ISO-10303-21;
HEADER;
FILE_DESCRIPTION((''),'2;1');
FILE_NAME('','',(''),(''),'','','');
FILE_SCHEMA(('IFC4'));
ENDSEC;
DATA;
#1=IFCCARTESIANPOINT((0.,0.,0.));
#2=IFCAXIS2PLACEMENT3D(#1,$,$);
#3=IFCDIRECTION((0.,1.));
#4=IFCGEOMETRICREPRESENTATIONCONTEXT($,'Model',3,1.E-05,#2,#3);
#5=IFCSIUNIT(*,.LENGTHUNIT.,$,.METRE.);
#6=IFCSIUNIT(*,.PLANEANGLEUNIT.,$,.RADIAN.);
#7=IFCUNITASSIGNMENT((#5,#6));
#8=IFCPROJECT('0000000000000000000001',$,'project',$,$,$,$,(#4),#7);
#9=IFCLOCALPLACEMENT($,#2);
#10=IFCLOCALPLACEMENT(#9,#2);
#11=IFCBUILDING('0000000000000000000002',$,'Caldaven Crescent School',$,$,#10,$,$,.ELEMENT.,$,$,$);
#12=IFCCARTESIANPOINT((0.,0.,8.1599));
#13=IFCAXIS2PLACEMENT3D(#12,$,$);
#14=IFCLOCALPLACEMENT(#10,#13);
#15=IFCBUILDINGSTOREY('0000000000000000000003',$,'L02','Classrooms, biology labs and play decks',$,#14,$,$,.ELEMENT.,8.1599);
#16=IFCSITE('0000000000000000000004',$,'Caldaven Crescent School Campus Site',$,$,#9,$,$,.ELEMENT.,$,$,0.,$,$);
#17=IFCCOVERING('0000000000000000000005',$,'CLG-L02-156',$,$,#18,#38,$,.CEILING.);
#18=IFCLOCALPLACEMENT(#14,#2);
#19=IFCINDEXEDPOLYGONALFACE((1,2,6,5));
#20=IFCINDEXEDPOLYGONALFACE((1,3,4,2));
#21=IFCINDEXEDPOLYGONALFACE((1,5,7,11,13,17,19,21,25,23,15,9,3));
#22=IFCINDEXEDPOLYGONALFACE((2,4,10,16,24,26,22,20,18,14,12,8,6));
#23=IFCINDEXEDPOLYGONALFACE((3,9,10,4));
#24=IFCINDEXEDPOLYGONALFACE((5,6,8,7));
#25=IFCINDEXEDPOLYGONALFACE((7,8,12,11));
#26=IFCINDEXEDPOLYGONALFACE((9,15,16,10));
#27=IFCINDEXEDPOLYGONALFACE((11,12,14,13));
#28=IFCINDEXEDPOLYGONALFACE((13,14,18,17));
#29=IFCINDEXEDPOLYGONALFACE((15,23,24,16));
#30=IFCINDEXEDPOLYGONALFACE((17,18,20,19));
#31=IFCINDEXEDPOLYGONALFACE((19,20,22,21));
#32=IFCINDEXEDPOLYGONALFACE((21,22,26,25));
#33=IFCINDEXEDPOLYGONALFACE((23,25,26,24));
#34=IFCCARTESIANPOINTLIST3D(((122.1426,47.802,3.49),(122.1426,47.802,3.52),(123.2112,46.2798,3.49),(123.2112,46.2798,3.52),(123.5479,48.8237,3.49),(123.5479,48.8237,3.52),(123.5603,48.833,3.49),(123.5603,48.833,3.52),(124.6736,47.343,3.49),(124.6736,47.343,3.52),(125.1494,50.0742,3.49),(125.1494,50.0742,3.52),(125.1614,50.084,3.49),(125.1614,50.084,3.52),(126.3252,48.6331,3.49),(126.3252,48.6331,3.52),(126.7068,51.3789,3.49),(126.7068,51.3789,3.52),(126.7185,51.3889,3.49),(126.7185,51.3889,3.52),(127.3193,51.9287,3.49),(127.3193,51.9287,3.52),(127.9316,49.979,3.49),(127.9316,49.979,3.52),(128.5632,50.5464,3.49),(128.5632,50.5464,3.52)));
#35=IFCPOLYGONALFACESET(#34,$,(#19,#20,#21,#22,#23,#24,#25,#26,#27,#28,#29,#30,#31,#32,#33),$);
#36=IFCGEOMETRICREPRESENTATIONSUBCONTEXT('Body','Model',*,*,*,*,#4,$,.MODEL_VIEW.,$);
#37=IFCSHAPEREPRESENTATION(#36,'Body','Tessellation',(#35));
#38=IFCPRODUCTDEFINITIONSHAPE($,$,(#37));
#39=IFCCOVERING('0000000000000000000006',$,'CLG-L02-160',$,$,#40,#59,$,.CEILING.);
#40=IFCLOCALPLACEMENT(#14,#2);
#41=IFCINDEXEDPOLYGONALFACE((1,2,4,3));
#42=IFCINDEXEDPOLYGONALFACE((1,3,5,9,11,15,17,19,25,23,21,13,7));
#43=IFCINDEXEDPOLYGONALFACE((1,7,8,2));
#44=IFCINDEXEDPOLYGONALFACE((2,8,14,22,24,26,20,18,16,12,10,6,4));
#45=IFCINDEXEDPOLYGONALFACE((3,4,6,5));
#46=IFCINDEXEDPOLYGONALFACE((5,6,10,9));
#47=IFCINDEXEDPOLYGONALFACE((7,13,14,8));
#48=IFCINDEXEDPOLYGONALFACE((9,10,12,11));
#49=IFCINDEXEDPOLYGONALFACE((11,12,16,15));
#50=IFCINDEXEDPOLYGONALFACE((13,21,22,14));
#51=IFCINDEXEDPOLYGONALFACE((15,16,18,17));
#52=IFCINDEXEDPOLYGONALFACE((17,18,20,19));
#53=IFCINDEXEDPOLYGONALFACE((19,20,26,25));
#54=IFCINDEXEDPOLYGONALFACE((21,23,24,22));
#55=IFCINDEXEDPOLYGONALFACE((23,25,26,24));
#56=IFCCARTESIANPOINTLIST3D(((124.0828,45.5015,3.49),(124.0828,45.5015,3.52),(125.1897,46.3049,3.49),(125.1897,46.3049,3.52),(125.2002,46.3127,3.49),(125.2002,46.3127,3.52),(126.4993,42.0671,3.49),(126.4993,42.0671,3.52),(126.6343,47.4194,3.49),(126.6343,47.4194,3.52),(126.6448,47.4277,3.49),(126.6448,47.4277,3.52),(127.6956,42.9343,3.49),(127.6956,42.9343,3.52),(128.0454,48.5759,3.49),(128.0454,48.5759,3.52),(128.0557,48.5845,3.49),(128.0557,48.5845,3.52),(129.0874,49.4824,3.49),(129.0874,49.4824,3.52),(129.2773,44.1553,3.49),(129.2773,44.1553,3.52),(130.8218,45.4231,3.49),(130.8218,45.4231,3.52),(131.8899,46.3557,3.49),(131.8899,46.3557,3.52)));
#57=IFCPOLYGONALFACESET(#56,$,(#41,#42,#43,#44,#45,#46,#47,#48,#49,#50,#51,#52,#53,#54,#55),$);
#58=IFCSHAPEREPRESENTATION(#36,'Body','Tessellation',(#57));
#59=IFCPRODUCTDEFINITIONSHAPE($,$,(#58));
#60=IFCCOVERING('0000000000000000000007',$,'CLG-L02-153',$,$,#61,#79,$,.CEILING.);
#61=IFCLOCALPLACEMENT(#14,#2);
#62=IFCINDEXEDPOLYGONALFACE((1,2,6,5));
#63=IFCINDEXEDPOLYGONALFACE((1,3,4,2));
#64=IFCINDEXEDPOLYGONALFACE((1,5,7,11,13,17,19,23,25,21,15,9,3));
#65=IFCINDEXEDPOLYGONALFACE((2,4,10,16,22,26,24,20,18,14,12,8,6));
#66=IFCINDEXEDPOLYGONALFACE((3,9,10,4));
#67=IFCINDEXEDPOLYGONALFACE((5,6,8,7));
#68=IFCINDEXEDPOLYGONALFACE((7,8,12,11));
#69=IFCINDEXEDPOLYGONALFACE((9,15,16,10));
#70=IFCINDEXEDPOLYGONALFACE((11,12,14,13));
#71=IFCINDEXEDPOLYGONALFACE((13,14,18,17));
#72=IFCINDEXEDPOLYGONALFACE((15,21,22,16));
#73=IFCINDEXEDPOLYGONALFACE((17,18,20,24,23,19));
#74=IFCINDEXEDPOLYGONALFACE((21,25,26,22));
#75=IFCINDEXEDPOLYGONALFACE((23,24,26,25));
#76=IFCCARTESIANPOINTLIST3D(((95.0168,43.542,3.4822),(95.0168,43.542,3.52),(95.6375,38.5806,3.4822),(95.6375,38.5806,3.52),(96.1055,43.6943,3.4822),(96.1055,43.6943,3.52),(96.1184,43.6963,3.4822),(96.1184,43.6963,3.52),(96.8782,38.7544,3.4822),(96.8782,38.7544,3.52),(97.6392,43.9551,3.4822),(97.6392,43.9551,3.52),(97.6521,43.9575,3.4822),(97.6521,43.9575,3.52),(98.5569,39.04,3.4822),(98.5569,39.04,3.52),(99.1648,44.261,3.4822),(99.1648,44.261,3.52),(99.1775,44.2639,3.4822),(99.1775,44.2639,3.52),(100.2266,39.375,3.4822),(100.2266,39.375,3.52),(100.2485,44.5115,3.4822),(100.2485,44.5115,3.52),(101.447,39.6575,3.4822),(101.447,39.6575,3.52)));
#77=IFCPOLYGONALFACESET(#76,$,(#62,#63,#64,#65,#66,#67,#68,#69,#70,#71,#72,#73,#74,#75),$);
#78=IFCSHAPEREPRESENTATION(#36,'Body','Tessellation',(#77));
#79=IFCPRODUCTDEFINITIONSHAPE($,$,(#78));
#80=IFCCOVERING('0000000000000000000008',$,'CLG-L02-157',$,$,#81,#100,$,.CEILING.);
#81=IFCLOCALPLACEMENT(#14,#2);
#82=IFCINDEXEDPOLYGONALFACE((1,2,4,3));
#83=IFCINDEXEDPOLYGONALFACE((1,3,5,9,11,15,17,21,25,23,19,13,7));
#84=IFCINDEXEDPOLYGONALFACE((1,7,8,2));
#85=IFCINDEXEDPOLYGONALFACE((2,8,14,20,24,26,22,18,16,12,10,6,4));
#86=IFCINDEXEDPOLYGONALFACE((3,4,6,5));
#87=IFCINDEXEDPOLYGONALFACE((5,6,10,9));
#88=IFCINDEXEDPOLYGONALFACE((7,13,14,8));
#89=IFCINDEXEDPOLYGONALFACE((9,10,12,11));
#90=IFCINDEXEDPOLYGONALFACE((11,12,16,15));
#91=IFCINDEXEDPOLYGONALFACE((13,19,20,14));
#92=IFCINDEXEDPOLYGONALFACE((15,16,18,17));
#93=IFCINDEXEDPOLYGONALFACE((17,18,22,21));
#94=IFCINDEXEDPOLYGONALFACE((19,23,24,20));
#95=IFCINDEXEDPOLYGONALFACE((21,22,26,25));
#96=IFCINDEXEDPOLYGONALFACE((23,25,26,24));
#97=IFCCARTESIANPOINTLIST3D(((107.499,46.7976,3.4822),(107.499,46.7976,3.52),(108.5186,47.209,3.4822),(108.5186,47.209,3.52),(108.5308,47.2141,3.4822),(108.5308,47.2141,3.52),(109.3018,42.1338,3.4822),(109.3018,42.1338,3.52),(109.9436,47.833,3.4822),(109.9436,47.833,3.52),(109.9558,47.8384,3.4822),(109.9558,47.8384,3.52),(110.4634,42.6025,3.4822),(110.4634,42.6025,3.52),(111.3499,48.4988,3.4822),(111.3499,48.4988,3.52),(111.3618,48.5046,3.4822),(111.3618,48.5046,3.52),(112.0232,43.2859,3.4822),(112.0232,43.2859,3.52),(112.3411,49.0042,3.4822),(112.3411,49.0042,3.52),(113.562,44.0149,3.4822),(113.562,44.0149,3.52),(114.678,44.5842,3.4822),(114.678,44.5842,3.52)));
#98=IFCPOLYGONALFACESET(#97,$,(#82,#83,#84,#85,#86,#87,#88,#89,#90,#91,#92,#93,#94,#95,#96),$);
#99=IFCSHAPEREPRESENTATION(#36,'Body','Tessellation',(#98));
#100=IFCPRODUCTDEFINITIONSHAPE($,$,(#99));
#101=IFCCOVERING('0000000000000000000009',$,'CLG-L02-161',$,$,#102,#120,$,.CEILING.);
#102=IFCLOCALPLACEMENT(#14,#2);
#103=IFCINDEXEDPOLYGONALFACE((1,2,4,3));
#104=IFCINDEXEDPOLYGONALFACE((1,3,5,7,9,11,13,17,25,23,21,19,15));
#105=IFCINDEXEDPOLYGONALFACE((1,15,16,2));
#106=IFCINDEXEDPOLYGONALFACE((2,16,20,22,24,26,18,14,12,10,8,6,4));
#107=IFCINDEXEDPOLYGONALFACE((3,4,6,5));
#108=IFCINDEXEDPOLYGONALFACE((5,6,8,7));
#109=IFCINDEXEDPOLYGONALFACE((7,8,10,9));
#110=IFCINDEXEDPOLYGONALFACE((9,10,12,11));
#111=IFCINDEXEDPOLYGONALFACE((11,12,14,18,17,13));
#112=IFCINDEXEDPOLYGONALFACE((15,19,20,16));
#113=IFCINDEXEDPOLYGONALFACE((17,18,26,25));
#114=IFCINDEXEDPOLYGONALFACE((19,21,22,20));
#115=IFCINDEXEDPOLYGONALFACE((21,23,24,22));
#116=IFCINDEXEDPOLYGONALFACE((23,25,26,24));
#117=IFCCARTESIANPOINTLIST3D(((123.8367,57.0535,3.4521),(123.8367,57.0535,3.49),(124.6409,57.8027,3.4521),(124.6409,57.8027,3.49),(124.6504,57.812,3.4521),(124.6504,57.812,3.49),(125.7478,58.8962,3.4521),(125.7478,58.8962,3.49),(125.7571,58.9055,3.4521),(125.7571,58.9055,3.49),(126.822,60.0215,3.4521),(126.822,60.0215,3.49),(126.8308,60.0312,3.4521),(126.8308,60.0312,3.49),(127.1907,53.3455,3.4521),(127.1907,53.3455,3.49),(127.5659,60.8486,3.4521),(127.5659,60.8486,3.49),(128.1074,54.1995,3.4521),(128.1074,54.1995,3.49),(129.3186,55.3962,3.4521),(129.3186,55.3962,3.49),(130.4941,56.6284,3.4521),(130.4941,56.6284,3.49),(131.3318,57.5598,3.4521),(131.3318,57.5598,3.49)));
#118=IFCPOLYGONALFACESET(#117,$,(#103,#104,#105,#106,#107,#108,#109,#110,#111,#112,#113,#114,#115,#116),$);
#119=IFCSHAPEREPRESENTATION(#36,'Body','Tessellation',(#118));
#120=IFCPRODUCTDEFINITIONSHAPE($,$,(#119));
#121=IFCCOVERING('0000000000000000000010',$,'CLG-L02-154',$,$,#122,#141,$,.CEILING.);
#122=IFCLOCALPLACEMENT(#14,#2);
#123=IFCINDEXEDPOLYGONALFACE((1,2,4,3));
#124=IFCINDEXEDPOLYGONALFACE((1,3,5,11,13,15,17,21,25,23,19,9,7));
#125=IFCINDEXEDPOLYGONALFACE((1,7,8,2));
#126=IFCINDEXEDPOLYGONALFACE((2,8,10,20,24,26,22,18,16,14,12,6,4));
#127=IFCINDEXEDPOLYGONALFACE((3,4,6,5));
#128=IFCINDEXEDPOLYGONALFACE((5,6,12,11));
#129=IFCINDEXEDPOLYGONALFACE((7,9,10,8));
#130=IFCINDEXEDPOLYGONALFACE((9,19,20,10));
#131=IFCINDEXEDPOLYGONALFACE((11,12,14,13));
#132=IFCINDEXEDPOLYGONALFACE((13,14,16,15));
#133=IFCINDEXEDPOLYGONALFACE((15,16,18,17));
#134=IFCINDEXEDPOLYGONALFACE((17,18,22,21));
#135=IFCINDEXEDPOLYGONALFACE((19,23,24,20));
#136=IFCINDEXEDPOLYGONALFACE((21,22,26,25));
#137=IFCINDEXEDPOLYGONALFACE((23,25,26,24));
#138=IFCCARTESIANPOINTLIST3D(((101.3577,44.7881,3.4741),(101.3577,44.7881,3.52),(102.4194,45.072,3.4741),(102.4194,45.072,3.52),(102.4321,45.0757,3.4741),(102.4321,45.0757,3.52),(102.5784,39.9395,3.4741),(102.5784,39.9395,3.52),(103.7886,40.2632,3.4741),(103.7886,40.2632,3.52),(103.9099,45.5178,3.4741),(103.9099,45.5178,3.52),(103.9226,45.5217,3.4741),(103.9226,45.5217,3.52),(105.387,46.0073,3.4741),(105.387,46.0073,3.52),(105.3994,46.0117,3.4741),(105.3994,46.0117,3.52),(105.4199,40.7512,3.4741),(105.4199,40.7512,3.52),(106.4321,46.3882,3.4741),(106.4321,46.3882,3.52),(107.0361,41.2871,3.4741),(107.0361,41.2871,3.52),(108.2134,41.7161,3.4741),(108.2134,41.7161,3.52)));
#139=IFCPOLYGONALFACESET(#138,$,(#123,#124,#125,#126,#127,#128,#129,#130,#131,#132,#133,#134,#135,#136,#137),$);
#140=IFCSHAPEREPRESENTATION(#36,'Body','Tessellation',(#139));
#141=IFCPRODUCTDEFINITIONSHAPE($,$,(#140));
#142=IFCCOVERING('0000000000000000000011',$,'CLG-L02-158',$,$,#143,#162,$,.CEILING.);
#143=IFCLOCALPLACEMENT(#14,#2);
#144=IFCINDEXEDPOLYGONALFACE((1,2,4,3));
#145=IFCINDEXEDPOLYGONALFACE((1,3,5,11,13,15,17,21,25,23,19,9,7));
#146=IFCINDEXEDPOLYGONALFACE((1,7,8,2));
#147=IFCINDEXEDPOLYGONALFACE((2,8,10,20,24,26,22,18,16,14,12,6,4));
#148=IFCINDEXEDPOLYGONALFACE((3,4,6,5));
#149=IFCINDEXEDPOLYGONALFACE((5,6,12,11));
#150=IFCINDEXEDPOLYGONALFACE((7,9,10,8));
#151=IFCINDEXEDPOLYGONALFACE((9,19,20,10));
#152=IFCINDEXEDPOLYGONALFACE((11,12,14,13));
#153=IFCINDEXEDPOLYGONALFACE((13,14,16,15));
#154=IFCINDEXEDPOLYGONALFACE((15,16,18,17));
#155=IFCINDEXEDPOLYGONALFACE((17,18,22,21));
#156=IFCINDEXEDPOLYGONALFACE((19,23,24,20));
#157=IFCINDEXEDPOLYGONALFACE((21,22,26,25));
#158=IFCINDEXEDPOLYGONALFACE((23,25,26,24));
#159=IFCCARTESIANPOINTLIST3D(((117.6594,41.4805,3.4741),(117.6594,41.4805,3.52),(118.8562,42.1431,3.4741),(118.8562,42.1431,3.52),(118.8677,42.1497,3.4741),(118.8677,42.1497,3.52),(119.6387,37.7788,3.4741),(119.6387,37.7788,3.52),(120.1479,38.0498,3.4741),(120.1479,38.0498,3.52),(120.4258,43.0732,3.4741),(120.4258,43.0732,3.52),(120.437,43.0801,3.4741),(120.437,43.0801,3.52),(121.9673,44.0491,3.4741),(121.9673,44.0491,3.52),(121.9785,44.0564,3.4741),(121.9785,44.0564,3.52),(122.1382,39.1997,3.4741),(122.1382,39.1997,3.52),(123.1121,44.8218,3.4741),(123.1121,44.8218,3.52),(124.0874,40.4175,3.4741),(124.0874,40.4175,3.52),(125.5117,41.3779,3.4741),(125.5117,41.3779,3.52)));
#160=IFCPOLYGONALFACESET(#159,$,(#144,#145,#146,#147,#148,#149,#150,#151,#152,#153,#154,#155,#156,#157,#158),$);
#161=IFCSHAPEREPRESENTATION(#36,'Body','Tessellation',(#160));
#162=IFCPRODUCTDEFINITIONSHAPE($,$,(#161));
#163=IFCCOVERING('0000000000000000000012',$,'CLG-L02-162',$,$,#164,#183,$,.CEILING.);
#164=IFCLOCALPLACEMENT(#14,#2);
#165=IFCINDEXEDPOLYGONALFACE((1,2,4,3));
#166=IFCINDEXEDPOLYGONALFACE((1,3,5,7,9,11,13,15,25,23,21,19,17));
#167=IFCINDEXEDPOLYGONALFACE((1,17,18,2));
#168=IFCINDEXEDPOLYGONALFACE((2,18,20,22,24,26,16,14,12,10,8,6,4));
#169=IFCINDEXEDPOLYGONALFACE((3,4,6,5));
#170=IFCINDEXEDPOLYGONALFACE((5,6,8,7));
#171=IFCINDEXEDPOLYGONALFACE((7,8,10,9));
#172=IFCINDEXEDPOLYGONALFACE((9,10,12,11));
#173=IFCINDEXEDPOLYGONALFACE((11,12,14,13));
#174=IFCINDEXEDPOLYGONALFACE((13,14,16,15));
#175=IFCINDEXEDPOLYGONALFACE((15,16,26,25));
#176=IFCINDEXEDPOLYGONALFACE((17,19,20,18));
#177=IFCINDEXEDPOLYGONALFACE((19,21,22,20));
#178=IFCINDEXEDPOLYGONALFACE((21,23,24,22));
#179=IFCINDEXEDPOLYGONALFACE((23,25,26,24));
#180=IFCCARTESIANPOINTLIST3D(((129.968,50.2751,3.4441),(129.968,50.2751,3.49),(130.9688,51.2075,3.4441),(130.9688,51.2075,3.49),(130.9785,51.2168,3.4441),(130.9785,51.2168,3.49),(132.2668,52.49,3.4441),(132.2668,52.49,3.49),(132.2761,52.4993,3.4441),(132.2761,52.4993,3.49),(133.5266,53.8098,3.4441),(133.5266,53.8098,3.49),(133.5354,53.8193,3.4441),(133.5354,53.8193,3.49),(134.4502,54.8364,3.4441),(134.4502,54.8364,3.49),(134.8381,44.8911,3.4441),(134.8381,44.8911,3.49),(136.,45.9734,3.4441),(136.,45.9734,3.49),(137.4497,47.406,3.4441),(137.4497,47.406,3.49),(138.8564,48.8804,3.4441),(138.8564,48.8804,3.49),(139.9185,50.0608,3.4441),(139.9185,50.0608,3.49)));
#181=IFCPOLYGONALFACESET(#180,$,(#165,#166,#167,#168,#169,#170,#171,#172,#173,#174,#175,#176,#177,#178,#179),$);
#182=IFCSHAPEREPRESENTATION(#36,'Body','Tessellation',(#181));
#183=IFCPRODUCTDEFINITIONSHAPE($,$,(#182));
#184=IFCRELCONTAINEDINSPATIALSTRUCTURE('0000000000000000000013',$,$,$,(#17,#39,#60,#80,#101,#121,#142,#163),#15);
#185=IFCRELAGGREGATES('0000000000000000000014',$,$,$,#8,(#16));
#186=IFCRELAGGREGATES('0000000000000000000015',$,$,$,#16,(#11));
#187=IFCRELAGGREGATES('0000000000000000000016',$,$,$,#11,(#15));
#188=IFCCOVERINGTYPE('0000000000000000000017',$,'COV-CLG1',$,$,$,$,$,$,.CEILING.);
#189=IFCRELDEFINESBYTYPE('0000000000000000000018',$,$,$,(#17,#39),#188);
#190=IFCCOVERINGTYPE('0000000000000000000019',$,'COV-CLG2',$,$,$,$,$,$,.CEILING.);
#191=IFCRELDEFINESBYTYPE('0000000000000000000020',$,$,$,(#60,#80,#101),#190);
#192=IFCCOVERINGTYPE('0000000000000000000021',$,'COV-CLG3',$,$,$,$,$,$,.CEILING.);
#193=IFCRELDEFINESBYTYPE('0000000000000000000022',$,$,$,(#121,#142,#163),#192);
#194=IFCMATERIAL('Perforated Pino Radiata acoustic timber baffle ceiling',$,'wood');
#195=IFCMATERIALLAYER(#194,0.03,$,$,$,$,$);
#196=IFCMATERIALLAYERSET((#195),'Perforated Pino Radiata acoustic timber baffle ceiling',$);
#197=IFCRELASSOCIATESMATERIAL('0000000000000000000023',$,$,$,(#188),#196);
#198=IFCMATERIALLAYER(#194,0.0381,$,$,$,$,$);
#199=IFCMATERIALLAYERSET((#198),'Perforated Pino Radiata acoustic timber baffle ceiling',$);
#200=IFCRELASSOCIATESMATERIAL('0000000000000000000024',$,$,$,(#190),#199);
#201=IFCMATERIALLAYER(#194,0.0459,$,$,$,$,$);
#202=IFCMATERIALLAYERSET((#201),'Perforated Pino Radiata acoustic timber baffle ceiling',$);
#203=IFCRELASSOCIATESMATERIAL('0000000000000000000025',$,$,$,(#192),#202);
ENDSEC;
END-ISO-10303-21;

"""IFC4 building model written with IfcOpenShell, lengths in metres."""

from ifc_helpers import new_model, si_unit, direction, frame, origin, place, context, subcontext, project, spatial, polyline, outline, extrude, material, layer, layer_set, type_object, element, save


model = new_model("IFC4")

# Units and contexts
model_context = context("Model", 3, precision=1e-05, world=origin(), true_north=direction((0.0, 1.0)))
body_context = subcontext(model_context, "Body", "Model", "MODEL_VIEW")
ifc_project = project(units=[si_unit("LENGTHUNIT", "METRE"), si_unit("PLANEANGLEUNIT", "RADIAN")], contexts=[model_context])

# Site, building, storey
site_placement = place(None, origin())
site = spatial("IfcSite", under=ifc_project, at=site_placement, Name="Caldaven Crescent School Campus Site", CompositionType="ELEMENT", RefElevation=0.0)
building_placement = place(site_placement, origin())
building = spatial("IfcBuilding", under=site, at=building_placement, Name="Caldaven Crescent School", CompositionType="ELEMENT")
storey_placement = place(building_placement, frame((0.0, 0.0, 8.1599)))
storey = spatial("IfcBuildingStorey", under=building, at=storey_placement, Name="L02", Description="Classrooms, biology labs and play decks", CompositionType="ELEMENT", Elevation=8.1599)

# Coverings
ifc_material_1 = material(Name="Perforated Pino Radiata acoustic timber baffle ceiling", Category="wood")
ifc_layer_1 = layer(ifc_material_1, 0.03)
ifc_layer_set_1 = layer_set([ifc_layer_1], Name="Perforated Pino Radiata acoustic timber baffle ceiling")
covering_type_1 = type_object("IfcCoveringType", Name="COV-CLG1", PredefinedType="CEILING", material=ifc_layer_set_1)
covering_1_placement = place(storey_placement, frame((0.0, 0.0, 3.49)))
element("IfcCovering", 1, at=covering_1_placement, inside=storey, type_object=covering_type_1, Name="CLG-L02-156", PredefinedType="CEILING", context=body_context, shape_type="SweptSolid", body=[
    extrude(outline(polyline([(123.5479, 48.8237), (123.5603, 48.833), (125.1494, 50.0742), (125.1614, 50.084), (126.7068, 51.3789), (126.7185, 51.3889), (127.3193, 51.9287), (128.5632, 50.5464), (127.9316, 49.979), (126.3252, 48.6331), (124.6736, 47.343), (123.2112, 46.2798), (122.1426, 47.802), (123.5479, 48.8237)])), origin(), (0.0, 0.0, 1.0), 0.03),
])
covering_2_placement = place(storey_placement, frame((0.0, 0.0, 3.49)))
element("IfcCovering", 2, at=covering_2_placement, inside=storey, type_object=covering_type_1, Name="CLG-L02-160", PredefinedType="CEILING", context=body_context, shape_type="SweptSolid", body=[
    extrude(outline(polyline([(125.1897, 46.3049), (125.2002, 46.3127), (126.6343, 47.4194), (126.6448, 47.4277), (128.0454, 48.5759), (128.0557, 48.5845), (129.0874, 49.4824), (131.8899, 46.3557), (130.8218, 45.4231), (129.2773, 44.1553), (127.6956, 42.9343), (126.4993, 42.0671), (124.0828, 45.5015), (125.1897, 46.3049)])), origin(), (0.0, 0.0, 1.0), 0.03),
])
ifc_layer_2 = layer(ifc_material_1, 0.0381)
ifc_layer_set_2 = layer_set([ifc_layer_2], Name="Perforated Pino Radiata acoustic timber baffle ceiling")
covering_type_2 = type_object("IfcCoveringType", Name="COV-CLG2", PredefinedType="CEILING", material=ifc_layer_set_2)
covering_3_placement = place(storey_placement, frame((0.0, 0.0, 3.4822)))
element("IfcCovering", 3, at=covering_3_placement, inside=storey, type_object=covering_type_2, Name="CLG-L02-153", PredefinedType="CEILING", context=body_context, shape_type="SweptSolid", body=[
    extrude(outline(polyline([(96.1055, 43.6943), (96.1184, 43.6963), (97.6392, 43.9551), (97.6521, 43.9575), (99.1648, 44.261), (99.1775, 44.2639), (100.2485, 44.5115), (101.447, 39.6575), (100.2266, 39.375), (98.5569, 39.04), (96.8782, 38.7544), (95.6375, 38.5806), (95.0168, 43.542), (96.1055, 43.6943)])), origin(), (0.0, 0.0, 1.0), 0.0378),
])
covering_4_placement = place(storey_placement, frame((0.0, 0.0, 3.4822)))
element("IfcCovering", 4, at=covering_4_placement, inside=storey, type_object=covering_type_2, Name="CLG-L02-157", PredefinedType="CEILING", context=body_context, shape_type="SweptSolid", body=[
    extrude(outline(polyline([(108.5186, 47.209), (108.5308, 47.2141), (109.9436, 47.833), (109.9558, 47.8384), (111.3499, 48.4988), (111.3618, 48.5046), (112.3411, 49.0042), (114.678, 44.5842), (113.562, 44.0149), (112.0232, 43.2859), (110.4634, 42.6025), (109.3018, 42.1338), (107.499, 46.7976), (108.5186, 47.209)])), origin(), (0.0, 0.0, 1.0), 0.0378),
])
covering_5_placement = place(storey_placement, frame((0.0, 0.0, 3.4521)))
element("IfcCovering", 5, at=covering_5_placement, inside=storey, type_object=covering_type_2, Name="CLG-L02-161", PredefinedType="CEILING", context=body_context, shape_type="SweptSolid", body=[
    extrude(outline(polyline([(124.6409, 57.8027), (124.6504, 57.812), (125.7478, 58.8962), (125.7571, 58.9055), (126.822, 60.0215), (126.8308, 60.0312), (127.5659, 60.8486), (131.3318, 57.5598), (130.4941, 56.6284), (129.3186, 55.3962), (128.1074, 54.1995), (127.1907, 53.3455), (123.8367, 57.0535), (124.6409, 57.8027)])), origin(), (0.0, 0.0, 1.0), 0.0378),
])
ifc_layer_3 = layer(ifc_material_1, 0.0459)
ifc_layer_set_3 = layer_set([ifc_layer_3], Name="Perforated Pino Radiata acoustic timber baffle ceiling")
covering_type_3 = type_object("IfcCoveringType", Name="COV-CLG3", PredefinedType="CEILING", material=ifc_layer_set_3)
covering_6_placement = place(storey_placement, frame((0.0, 0.0, 3.4741)))
element("IfcCovering", 6, at=covering_6_placement, inside=storey, type_object=covering_type_3, Name="CLG-L02-154", PredefinedType="CEILING", context=body_context, shape_type="SweptSolid", body=[
    extrude(outline(polyline([(102.4194, 45.072), (102.4321, 45.0757), (103.9099, 45.5178), (103.9226, 45.5217), (105.387, 46.0073), (105.3994, 46.0117), (106.4321, 46.3882), (108.2134, 41.7161), (107.0361, 41.2871), (105.4199, 40.7512), (103.7886, 40.2632), (102.5784, 39.9395), (101.3577, 44.7881), (102.4194, 45.072)])), origin(), (0.0, 0.0, 1.0), 0.0459),
])
covering_7_placement = place(storey_placement, frame((0.0, 0.0, 3.4741)))
element("IfcCovering", 7, at=covering_7_placement, inside=storey, type_object=covering_type_3, Name="CLG-L02-158", PredefinedType="CEILING", context=body_context, shape_type="SweptSolid", body=[
    extrude(outline(polyline([(118.8562, 42.1431), (118.8677, 42.1497), (120.4258, 43.0732), (120.437, 43.0801), (121.9673, 44.0491), (121.9785, 44.0564), (123.1121, 44.8218), (125.5117, 41.3779), (124.0874, 40.4175), (122.1382, 39.1997), (120.1479, 38.0498), (119.6387, 37.7788), (117.6594, 41.4805), (118.8562, 42.1431)])), origin(), (0.0, 0.0, 1.0), 0.0459),
])
covering_8_placement = place(storey_placement, frame((0.0, 0.0, 3.4441)))
element("IfcCovering", 8, at=covering_8_placement, inside=storey, type_object=covering_type_3, Name="CLG-L02-162", PredefinedType="CEILING", context=body_context, shape_type="SweptSolid", body=[
    extrude(outline(polyline([(130.9688, 51.2075), (130.9785, 51.2168), (132.2668, 52.49), (132.2761, 52.4993), (133.5266, 53.8098), (133.5354, 53.8193), (134.4502, 54.8364), (139.9185, 50.0608), (138.8564, 48.8804), (137.4497, 47.406), (136.0, 45.9734), (134.8381, 44.8911), (129.968, 50.2751), (130.9688, 51.2075)])), origin(), (0.0, 0.0, 1.0), 0.0459),
])

save(model, "model.ifc")
